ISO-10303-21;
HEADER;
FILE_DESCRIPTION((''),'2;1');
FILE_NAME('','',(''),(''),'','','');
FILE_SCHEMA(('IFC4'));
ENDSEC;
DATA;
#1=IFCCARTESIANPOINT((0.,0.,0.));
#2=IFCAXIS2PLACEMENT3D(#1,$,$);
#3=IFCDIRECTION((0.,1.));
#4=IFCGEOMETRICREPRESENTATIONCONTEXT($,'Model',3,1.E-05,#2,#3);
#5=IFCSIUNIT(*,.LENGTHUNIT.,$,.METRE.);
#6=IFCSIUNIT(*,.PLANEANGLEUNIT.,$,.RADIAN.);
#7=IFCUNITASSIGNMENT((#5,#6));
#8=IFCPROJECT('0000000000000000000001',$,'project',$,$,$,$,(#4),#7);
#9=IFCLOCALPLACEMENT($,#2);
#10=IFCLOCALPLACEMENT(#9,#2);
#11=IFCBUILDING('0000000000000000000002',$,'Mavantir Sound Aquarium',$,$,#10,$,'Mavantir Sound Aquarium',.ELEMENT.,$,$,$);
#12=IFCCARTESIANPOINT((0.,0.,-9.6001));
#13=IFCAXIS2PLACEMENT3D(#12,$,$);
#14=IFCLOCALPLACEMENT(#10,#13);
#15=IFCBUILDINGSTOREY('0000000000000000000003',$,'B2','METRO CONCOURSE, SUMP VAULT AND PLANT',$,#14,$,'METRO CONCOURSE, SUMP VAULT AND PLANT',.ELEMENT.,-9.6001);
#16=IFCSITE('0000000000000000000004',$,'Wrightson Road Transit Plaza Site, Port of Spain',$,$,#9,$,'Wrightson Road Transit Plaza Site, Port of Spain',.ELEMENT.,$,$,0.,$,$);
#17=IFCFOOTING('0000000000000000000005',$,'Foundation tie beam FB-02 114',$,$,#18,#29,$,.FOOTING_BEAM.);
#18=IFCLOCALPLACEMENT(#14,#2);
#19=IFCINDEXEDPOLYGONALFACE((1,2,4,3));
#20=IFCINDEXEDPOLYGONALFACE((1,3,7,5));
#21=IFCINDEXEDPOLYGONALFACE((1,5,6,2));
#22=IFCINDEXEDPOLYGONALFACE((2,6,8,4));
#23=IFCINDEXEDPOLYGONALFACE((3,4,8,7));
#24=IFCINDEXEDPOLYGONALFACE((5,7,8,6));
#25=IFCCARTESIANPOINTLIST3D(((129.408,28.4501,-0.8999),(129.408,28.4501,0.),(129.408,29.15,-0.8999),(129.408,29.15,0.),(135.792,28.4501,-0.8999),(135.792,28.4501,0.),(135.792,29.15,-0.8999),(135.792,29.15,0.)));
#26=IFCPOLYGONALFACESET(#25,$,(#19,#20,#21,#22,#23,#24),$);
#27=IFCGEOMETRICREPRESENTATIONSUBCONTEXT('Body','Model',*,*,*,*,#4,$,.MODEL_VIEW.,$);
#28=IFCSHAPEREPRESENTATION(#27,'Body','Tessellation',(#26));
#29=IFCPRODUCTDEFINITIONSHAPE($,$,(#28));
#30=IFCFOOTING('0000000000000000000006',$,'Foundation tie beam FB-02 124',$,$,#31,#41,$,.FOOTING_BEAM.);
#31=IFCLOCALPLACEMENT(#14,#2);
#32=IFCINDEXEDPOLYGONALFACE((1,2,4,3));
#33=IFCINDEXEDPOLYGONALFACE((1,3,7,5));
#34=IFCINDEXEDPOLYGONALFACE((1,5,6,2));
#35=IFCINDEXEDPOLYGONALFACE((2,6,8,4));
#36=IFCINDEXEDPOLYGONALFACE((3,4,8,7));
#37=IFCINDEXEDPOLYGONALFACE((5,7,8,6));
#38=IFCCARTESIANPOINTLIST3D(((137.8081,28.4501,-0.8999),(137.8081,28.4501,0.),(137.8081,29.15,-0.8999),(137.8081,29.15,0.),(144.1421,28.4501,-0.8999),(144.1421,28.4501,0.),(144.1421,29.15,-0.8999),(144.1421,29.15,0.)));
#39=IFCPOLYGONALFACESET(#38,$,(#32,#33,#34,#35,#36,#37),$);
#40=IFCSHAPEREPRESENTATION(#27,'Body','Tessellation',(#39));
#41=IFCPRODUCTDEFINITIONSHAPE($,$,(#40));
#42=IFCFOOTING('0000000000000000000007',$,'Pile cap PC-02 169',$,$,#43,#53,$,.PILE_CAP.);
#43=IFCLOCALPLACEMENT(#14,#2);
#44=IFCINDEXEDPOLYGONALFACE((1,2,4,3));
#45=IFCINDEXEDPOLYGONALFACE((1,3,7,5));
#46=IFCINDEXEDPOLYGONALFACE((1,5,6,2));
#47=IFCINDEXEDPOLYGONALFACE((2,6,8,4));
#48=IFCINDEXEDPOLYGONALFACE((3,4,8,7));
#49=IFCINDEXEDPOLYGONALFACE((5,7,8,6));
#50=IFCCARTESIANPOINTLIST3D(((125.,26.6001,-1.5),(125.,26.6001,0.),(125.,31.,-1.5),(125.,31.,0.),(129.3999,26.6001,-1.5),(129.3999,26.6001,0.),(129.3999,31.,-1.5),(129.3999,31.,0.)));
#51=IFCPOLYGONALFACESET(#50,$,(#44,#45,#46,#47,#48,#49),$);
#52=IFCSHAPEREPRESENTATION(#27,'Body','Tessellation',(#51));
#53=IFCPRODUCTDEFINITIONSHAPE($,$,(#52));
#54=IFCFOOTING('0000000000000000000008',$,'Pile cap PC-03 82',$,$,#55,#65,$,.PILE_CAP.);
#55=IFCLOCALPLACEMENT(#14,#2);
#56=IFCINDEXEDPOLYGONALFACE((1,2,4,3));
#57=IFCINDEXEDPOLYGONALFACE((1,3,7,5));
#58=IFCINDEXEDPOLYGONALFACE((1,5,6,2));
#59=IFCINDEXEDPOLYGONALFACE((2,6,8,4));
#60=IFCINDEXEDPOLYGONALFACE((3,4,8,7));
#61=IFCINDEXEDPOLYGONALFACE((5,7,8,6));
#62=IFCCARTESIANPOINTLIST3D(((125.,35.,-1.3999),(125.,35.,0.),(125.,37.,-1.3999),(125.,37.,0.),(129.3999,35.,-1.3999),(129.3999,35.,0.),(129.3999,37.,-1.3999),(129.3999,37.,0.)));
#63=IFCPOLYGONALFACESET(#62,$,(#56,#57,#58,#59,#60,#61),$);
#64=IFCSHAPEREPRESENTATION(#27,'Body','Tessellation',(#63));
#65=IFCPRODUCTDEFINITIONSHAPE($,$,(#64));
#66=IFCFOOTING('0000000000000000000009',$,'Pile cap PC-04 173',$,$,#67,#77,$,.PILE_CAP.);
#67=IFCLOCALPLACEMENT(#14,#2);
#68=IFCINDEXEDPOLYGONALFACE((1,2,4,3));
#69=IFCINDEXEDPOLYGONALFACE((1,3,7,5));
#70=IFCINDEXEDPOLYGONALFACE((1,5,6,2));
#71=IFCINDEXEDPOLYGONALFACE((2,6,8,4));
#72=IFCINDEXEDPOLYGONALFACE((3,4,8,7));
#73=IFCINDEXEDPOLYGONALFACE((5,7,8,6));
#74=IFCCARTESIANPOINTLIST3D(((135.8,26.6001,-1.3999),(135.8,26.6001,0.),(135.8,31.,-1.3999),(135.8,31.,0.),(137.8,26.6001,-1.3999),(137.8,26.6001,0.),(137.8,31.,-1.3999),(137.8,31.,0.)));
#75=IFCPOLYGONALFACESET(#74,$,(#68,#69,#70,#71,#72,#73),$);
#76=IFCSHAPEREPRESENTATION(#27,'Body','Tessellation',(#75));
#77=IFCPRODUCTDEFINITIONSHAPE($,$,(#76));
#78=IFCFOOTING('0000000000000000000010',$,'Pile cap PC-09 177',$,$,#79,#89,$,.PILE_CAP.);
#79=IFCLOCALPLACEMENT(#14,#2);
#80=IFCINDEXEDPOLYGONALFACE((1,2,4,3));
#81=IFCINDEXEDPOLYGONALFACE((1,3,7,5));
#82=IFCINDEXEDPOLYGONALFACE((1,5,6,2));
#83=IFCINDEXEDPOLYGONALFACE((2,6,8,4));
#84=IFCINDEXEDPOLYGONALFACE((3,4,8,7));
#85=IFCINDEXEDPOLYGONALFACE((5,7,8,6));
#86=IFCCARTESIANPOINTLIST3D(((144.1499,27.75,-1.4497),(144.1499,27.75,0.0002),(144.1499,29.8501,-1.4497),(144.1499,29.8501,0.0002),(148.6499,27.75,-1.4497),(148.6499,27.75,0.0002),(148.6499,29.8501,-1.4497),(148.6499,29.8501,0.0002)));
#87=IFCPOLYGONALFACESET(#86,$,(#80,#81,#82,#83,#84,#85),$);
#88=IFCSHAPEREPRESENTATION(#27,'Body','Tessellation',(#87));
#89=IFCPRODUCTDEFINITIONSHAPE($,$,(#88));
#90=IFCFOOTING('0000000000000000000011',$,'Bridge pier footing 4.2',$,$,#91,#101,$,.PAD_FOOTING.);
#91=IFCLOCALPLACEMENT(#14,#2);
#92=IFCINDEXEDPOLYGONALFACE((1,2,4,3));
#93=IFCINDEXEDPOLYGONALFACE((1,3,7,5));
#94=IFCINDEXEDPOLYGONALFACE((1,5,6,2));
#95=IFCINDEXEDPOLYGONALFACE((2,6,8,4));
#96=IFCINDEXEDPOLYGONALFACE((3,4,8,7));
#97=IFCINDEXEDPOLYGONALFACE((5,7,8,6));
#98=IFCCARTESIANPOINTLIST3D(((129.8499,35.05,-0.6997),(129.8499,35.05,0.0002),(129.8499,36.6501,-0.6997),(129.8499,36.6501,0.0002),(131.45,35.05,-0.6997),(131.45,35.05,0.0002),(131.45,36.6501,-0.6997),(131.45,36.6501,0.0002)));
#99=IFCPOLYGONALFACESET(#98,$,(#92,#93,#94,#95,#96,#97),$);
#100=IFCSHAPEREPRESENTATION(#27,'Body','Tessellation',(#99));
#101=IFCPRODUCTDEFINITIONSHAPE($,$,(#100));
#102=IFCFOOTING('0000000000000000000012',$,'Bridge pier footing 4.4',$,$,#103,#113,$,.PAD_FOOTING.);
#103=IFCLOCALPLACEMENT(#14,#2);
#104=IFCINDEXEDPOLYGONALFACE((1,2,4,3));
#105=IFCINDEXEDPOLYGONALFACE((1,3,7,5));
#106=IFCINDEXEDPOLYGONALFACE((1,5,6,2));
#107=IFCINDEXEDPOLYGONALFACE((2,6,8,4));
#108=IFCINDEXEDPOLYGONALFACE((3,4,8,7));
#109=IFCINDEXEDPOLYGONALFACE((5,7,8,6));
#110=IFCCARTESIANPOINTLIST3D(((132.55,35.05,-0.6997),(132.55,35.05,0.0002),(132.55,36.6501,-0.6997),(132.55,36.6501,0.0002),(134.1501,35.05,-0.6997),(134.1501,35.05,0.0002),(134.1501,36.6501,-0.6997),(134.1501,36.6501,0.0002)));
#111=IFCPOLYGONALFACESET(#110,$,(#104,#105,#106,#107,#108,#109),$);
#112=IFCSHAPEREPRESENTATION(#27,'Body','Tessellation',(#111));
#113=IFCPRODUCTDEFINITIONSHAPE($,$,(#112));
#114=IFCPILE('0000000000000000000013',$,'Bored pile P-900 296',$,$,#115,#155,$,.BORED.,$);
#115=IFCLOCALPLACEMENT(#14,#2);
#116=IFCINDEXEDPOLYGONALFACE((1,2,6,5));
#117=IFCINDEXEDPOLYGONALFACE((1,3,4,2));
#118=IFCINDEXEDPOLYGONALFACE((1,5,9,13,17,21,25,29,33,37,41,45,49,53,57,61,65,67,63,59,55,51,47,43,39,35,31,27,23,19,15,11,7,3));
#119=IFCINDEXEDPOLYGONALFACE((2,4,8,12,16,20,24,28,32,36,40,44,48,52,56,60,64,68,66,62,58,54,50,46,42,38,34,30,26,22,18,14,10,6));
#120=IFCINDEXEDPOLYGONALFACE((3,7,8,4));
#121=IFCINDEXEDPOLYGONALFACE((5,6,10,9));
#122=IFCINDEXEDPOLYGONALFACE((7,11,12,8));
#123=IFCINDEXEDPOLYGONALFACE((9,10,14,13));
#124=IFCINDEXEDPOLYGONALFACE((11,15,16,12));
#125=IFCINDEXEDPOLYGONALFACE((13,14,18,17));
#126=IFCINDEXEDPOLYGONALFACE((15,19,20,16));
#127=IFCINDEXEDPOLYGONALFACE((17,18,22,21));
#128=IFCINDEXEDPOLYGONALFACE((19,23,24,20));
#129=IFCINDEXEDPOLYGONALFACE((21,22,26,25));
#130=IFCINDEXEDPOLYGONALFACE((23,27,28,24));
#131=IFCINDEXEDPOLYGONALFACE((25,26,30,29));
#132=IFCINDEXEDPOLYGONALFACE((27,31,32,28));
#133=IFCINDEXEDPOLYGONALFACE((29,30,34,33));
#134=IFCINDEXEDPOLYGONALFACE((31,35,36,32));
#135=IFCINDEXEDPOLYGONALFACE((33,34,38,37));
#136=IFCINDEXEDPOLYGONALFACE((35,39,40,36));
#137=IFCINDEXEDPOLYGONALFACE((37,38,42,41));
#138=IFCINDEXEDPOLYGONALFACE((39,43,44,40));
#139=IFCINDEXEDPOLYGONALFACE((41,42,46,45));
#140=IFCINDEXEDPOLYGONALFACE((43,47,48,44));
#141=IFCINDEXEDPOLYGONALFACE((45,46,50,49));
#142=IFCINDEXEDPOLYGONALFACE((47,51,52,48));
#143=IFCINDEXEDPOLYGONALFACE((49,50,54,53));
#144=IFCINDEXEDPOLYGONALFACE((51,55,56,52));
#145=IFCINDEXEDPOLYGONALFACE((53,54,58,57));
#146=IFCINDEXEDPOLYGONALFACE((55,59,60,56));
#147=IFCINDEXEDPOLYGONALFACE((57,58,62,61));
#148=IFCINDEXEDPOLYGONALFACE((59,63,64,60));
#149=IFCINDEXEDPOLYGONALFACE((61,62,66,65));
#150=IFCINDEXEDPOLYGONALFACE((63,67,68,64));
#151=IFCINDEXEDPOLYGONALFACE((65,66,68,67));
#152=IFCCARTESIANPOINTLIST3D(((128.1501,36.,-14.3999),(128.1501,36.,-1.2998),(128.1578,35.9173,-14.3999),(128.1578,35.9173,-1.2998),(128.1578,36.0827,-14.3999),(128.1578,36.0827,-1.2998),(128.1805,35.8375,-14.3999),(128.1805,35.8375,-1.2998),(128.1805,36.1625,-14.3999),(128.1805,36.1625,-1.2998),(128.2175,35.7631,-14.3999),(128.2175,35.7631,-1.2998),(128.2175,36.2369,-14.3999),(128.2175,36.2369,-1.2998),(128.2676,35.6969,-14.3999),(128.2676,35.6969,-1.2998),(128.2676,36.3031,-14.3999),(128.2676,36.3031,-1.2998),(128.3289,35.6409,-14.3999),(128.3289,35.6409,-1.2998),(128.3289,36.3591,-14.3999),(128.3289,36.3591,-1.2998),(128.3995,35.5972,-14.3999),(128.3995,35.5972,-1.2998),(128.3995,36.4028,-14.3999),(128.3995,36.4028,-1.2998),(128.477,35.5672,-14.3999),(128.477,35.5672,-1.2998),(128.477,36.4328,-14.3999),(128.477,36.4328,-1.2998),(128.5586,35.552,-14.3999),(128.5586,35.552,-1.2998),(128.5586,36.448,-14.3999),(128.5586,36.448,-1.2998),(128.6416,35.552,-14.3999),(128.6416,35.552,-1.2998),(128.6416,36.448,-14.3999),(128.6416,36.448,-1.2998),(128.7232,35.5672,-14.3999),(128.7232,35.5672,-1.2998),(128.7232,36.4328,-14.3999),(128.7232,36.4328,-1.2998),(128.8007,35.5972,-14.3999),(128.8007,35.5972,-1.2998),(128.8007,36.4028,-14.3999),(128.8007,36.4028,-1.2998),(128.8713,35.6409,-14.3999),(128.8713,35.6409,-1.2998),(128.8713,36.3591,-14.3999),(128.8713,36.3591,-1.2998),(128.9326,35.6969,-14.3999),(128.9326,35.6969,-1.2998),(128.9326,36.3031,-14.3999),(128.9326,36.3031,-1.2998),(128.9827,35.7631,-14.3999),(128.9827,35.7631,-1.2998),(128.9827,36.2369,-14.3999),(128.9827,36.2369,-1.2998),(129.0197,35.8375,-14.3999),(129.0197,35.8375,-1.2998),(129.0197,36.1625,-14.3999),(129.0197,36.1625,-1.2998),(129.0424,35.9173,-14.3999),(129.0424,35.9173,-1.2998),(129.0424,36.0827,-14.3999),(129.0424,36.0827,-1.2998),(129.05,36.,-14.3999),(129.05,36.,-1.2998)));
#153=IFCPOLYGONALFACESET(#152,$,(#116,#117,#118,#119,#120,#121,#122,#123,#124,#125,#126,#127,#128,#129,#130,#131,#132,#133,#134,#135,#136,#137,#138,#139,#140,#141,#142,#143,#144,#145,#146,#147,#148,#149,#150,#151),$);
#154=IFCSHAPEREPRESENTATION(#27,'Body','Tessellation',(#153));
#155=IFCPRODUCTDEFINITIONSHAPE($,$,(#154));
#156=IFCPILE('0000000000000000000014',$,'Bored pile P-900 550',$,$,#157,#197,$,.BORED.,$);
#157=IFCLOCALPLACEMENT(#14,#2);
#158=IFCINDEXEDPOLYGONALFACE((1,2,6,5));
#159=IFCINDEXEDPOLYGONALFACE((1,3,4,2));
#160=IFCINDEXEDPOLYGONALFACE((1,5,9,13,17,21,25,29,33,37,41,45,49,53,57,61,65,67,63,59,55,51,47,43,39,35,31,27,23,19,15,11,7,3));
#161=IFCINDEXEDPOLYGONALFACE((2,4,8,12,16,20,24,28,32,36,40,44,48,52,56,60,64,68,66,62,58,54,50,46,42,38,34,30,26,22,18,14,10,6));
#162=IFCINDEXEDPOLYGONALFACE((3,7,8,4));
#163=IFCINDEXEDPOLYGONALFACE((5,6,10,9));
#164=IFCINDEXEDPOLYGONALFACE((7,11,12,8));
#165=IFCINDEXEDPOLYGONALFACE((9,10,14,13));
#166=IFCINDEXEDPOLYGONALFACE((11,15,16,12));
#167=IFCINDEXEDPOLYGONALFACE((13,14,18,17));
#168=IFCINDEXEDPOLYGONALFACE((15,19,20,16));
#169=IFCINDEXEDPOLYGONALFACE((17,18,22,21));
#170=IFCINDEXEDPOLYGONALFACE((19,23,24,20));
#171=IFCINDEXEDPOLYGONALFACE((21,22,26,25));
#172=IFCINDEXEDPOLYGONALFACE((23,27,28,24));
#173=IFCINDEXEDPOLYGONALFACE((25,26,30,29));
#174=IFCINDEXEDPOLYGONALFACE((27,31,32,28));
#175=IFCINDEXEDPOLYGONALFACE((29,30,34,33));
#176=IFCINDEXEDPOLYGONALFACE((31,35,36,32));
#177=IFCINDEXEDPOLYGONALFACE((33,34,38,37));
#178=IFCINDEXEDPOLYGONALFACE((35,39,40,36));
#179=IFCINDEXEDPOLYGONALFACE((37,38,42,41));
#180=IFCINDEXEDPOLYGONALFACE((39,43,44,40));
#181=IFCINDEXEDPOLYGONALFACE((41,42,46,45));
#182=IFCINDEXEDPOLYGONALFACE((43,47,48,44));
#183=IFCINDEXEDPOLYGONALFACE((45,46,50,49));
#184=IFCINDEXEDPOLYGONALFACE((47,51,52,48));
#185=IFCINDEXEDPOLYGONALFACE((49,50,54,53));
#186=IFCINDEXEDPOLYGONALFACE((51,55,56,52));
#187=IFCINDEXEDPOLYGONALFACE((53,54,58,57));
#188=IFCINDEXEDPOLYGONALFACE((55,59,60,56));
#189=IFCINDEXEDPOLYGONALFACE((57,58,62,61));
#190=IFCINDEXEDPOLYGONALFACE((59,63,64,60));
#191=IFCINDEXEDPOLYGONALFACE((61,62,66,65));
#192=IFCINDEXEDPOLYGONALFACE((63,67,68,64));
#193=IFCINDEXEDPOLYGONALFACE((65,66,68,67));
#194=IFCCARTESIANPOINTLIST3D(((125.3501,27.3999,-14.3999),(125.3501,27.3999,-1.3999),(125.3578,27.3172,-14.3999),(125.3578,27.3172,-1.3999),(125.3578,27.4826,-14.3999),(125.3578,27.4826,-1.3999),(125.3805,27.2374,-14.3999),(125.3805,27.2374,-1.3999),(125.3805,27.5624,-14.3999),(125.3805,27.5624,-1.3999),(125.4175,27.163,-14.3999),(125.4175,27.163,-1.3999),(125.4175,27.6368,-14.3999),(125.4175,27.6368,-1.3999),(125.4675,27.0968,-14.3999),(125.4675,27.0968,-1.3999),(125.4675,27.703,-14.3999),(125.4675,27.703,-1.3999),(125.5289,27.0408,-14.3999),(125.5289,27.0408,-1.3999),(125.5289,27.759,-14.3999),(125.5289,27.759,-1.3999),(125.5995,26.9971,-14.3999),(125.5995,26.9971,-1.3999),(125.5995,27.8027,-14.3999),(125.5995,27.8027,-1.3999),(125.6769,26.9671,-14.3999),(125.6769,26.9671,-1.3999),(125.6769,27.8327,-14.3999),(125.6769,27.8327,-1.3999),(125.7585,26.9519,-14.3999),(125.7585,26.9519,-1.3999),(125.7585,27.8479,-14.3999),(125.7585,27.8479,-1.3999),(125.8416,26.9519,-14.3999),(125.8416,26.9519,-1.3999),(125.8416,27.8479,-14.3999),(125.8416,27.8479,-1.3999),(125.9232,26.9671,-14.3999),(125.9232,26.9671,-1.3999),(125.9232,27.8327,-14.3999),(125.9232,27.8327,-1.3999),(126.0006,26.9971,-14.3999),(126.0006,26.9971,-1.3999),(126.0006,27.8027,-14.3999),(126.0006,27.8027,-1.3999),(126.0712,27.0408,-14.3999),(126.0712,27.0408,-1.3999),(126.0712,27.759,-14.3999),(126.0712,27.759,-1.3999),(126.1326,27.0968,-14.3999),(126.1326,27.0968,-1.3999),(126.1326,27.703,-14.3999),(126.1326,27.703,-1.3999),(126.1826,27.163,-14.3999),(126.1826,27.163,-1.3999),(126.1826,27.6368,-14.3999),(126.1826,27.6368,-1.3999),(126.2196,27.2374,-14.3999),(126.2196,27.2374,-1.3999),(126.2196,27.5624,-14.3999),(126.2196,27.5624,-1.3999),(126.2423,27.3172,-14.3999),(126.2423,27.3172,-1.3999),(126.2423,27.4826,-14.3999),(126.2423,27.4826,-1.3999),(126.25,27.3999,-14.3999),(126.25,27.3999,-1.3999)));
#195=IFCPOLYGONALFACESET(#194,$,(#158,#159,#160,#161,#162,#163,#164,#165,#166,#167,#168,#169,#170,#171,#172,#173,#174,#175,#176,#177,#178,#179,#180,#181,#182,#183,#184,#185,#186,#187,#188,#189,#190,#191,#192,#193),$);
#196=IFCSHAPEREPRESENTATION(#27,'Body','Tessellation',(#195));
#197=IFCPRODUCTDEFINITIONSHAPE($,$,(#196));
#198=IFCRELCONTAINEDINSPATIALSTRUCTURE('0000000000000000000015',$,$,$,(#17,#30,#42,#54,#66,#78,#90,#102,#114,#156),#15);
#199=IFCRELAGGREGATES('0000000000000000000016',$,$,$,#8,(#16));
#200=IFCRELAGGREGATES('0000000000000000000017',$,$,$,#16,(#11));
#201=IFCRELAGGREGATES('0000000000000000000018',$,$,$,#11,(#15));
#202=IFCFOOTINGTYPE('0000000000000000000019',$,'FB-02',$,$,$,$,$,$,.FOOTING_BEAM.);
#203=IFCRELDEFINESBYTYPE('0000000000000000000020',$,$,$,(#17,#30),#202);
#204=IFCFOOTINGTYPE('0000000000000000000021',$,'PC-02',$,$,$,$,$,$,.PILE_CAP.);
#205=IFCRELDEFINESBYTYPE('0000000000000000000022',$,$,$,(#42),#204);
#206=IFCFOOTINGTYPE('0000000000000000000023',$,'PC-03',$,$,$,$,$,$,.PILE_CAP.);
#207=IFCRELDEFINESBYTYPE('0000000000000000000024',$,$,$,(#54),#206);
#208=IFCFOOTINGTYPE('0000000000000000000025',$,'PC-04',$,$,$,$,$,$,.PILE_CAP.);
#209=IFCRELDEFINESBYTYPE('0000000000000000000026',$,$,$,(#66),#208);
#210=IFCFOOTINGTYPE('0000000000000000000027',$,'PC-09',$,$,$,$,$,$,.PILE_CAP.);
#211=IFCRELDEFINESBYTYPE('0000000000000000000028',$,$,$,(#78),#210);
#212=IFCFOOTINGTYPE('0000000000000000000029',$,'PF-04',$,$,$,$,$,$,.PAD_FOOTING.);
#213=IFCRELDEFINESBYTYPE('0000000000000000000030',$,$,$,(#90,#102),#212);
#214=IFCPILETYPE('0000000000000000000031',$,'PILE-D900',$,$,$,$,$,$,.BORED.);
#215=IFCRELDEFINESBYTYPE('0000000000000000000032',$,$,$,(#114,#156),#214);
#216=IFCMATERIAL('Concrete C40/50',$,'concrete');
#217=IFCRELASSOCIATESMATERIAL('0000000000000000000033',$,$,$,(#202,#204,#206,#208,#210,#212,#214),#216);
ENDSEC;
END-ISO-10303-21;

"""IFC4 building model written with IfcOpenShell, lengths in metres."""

from ifc_helpers import new_model, si_unit, direction, frame, origin, origin_2d, place, context, subcontext, project, spatial, rectangle, circle, extrude, material, material_profile, profile_set, type_object, element, save


model = new_model("IFC4")

# Units and contexts
model_context = context("Model", 3, precision=1e-05, world=origin(), true_north=direction((0.0, 1.0)))
body_context = subcontext(model_context, "Body", "Model", "MODEL_VIEW")
ifc_project = project(units=[si_unit("LENGTHUNIT", "METRE"), si_unit("PLANEANGLEUNIT", "RADIAN")], contexts=[model_context])

# Site, building, storey
site_placement = place(None, origin())
site = spatial("IfcSite", under=ifc_project, at=site_placement, Name="Wrightson Road Transit Plaza Site, Port of Spain", LongName="Wrightson Road Transit Plaza Site, Port of Spain", CompositionType="ELEMENT", RefElevation=0.0)
building_placement = place(site_placement, origin())
building = spatial("IfcBuilding", under=site, at=building_placement, Name="Mavantir Sound Aquarium", LongName="Mavantir Sound Aquarium", CompositionType="ELEMENT")
storey_placement = place(building_placement, frame((0.0, 0.0, -9.6001)))
storey = spatial("IfcBuildingStorey", under=building, at=storey_placement, Name="B2", Description="METRO CONCOURSE, SUMP VAULT AND PLANT", LongName="METRO CONCOURSE, SUMP VAULT AND PLANT", CompositionType="ELEMENT", Elevation=-9.6001)

# Footings
ifc_material_1 = material(Name="Concrete C40/50", Category="concrete")
ifc_material_profile_1 = material_profile(ifc_material_1, rectangle(XDim=0.7, YDim=0.8999, at=origin_2d()), Name="RC 700X900")
ifc_profile_set_1 = profile_set([ifc_material_profile_1], Name="Concrete C40/50")
footing_type_1 = type_object("IfcFootingType", Name="FB-02", PredefinedType="FOOTING_BEAM", material=ifc_profile_set_1)
footing_1_placement = place(storey_placement, frame((129.408, 28.8, -0.45), z_axis=(1.0, 0.0, 0.0), x_axis=(0.0, 1.0, 0.0)))
element("IfcFooting", 1, at=footing_1_placement, inside=storey, type_object=footing_type_1, Name="Foundation tie beam FB-02 114", PredefinedType="FOOTING_BEAM", context=body_context, shape_type="SweptSolid", body=[
    extrude(rectangle(XDim=0.7, YDim=0.8999, at=origin_2d()), origin(), (0.0, 0.0, 1.0), 6.384),
])
footing_2_placement = place(storey_placement, frame((137.8081, 28.8, -0.45), z_axis=(1.0, 0.0, 0.0), x_axis=(0.0, 1.0, 0.0)))
element("IfcFooting", 2, at=footing_2_placement, inside=storey, type_object=footing_type_1, Name="Foundation tie beam FB-02 124", PredefinedType="FOOTING_BEAM", context=body_context, shape_type="SweptSolid", body=[
    extrude(rectangle(XDim=0.7, YDim=0.8999, at=origin_2d()), origin(), (0.0, 0.0, 1.0), 6.334),
])
footing_type_2 = type_object("IfcFootingType", Name="PC-02", PredefinedType="PILE_CAP", material=ifc_material_1)
footing_3_placement = place(storey_placement, frame((127.2, 28.8, -1.5), z_axis=(0.0, 0.0, 1.0), x_axis=(1.0, 0.0, 0.0)))
element("IfcFooting", 3, at=footing_3_placement, inside=storey, type_object=footing_type_2, Name="Pile cap PC-02 169", PredefinedType="PILE_CAP", context=body_context, shape_type="SweptSolid", body=[
    extrude(rectangle(XDim=4.3999, YDim=4.3999, at=origin_2d()), origin(), (0.0, 0.0, 1.0), 1.5),
])
footing_type_3 = type_object("IfcFootingType", Name="PC-03", PredefinedType="PILE_CAP", material=ifc_material_1)
footing_4_placement = place(storey_placement, frame((127.2, 36.0, -1.3999), z_axis=(0.0, 0.0, 1.0), x_axis=(1.0, 0.0, 0.0)))
element("IfcFooting", 4, at=footing_4_placement, inside=storey, type_object=footing_type_3, Name="Pile cap PC-03 82", PredefinedType="PILE_CAP", context=body_context, shape_type="SweptSolid", body=[
    extrude(rectangle(XDim=4.3999, YDim=2.0, at=origin_2d()), origin(), (0.0, 0.0, 1.0), 1.3999),
])
footing_type_4 = type_object("IfcFootingType", Name="PC-04", PredefinedType="PILE_CAP", material=ifc_material_1)
footing_5_placement = place(storey_placement, frame((136.8, 28.8, -1.3999), z_axis=(0.0, 0.0, 1.0), x_axis=(1.0, 0.0, 0.0)))
element("IfcFooting", 5, at=footing_5_placement, inside=storey, type_object=footing_type_4, Name="Pile cap PC-04 173", PredefinedType="PILE_CAP", context=body_context, shape_type="SweptSolid", body=[
    extrude(rectangle(XDim=2.0, YDim=4.3999, at=origin_2d()), origin(), (0.0, 0.0, 1.0), 1.3999),
])
footing_type_5 = type_object("IfcFootingType", Name="PC-09", PredefinedType="PILE_CAP", material=ifc_material_1)
footing_6_placement = place(storey_placement, frame((146.3999, 28.8, -1.4497), z_axis=(0.0, 0.0, 1.0), x_axis=(1.0, 0.0, 0.0)))
element("IfcFooting", 6, at=footing_6_placement, inside=storey, type_object=footing_type_5, Name="Pile cap PC-09 177", PredefinedType="PILE_CAP", context=body_context, shape_type="SweptSolid", body=[
    extrude(rectangle(XDim=4.5, YDim=2.1001, at=origin_2d()), origin(), (0.0, 0.0, 1.0), 1.45),
])
footing_type_6 = type_object("IfcFootingType", Name="PF-04", PredefinedType="PAD_FOOTING", material=ifc_material_1)
for number, where, z_axis, x_axis, name in (
    (7, (130.6499, 35.8501, -0.6997), (0.0, 0.0, 1.0), (1.0, 0.0, 0.0), "Bridge pier footing 4.2"),
    (8, (133.3501, 35.8501, -0.6997), (0.0, 0.0, 1.0), (1.0, 0.0, 0.0), "Bridge pier footing 4.4"),
):
    element("IfcFooting", number, at=place(storey_placement, frame(where, z_axis=z_axis, x_axis=x_axis)), inside=storey, type_object=footing_type_6, Name=name, PredefinedType="PAD_FOOTING", context=body_context, shape_type="SweptSolid", body=[
        extrude(rectangle(XDim=1.6001, YDim=1.6001, at=origin_2d()), origin(), (0.0, 0.0, 1.0), 0.7),
    ])

# Piles
ifc_material_profile_2 = material_profile(ifc_material_1, circle(Radius=0.45, at=origin_2d()), Name="PILE D900")
ifc_profile_set_2 = profile_set([ifc_material_profile_2], Name="Concrete C40/50")
pile_type = type_object("IfcPileType", Name="PILE-D900", PredefinedType="BORED", material=ifc_profile_set_2)
pile_1_placement = place(storey_placement, frame((128.6001, 36.0, -1.2998), z_axis=(0.0, 0.0, -1.0), x_axis=(1.0, 0.0, 0.0)))
element("IfcPile", 9, at=pile_1_placement, inside=storey, type_object=pile_type, Name="Bored pile P-900 296", PredefinedType="BORED", context=body_context, shape_type="SweptSolid", body=[
    extrude(circle(Radius=0.45, at=origin_2d()), origin(), (0.0, 0.0, 1.0), 13.1001),
])
for number, where, z_axis, x_axis, name in (
    (10, (125.8, 27.3999, -1.3999), (0.0, 0.0, -1.0), (1.0, 0.0, 0.0), "Bored pile P-900 550"),
):
    element("IfcPile", number, at=place(storey_placement, frame(where, z_axis=z_axis, x_axis=x_axis)), inside=storey, type_object=pile_type, Name=name, PredefinedType="BORED", context=body_context, shape_type="SweptSolid", body=[
        extrude(circle(Radius=0.45, at=origin_2d()), origin(), (0.0, 0.0, 1.0), 13.0),
    ])

save(model, "model.ifc")
